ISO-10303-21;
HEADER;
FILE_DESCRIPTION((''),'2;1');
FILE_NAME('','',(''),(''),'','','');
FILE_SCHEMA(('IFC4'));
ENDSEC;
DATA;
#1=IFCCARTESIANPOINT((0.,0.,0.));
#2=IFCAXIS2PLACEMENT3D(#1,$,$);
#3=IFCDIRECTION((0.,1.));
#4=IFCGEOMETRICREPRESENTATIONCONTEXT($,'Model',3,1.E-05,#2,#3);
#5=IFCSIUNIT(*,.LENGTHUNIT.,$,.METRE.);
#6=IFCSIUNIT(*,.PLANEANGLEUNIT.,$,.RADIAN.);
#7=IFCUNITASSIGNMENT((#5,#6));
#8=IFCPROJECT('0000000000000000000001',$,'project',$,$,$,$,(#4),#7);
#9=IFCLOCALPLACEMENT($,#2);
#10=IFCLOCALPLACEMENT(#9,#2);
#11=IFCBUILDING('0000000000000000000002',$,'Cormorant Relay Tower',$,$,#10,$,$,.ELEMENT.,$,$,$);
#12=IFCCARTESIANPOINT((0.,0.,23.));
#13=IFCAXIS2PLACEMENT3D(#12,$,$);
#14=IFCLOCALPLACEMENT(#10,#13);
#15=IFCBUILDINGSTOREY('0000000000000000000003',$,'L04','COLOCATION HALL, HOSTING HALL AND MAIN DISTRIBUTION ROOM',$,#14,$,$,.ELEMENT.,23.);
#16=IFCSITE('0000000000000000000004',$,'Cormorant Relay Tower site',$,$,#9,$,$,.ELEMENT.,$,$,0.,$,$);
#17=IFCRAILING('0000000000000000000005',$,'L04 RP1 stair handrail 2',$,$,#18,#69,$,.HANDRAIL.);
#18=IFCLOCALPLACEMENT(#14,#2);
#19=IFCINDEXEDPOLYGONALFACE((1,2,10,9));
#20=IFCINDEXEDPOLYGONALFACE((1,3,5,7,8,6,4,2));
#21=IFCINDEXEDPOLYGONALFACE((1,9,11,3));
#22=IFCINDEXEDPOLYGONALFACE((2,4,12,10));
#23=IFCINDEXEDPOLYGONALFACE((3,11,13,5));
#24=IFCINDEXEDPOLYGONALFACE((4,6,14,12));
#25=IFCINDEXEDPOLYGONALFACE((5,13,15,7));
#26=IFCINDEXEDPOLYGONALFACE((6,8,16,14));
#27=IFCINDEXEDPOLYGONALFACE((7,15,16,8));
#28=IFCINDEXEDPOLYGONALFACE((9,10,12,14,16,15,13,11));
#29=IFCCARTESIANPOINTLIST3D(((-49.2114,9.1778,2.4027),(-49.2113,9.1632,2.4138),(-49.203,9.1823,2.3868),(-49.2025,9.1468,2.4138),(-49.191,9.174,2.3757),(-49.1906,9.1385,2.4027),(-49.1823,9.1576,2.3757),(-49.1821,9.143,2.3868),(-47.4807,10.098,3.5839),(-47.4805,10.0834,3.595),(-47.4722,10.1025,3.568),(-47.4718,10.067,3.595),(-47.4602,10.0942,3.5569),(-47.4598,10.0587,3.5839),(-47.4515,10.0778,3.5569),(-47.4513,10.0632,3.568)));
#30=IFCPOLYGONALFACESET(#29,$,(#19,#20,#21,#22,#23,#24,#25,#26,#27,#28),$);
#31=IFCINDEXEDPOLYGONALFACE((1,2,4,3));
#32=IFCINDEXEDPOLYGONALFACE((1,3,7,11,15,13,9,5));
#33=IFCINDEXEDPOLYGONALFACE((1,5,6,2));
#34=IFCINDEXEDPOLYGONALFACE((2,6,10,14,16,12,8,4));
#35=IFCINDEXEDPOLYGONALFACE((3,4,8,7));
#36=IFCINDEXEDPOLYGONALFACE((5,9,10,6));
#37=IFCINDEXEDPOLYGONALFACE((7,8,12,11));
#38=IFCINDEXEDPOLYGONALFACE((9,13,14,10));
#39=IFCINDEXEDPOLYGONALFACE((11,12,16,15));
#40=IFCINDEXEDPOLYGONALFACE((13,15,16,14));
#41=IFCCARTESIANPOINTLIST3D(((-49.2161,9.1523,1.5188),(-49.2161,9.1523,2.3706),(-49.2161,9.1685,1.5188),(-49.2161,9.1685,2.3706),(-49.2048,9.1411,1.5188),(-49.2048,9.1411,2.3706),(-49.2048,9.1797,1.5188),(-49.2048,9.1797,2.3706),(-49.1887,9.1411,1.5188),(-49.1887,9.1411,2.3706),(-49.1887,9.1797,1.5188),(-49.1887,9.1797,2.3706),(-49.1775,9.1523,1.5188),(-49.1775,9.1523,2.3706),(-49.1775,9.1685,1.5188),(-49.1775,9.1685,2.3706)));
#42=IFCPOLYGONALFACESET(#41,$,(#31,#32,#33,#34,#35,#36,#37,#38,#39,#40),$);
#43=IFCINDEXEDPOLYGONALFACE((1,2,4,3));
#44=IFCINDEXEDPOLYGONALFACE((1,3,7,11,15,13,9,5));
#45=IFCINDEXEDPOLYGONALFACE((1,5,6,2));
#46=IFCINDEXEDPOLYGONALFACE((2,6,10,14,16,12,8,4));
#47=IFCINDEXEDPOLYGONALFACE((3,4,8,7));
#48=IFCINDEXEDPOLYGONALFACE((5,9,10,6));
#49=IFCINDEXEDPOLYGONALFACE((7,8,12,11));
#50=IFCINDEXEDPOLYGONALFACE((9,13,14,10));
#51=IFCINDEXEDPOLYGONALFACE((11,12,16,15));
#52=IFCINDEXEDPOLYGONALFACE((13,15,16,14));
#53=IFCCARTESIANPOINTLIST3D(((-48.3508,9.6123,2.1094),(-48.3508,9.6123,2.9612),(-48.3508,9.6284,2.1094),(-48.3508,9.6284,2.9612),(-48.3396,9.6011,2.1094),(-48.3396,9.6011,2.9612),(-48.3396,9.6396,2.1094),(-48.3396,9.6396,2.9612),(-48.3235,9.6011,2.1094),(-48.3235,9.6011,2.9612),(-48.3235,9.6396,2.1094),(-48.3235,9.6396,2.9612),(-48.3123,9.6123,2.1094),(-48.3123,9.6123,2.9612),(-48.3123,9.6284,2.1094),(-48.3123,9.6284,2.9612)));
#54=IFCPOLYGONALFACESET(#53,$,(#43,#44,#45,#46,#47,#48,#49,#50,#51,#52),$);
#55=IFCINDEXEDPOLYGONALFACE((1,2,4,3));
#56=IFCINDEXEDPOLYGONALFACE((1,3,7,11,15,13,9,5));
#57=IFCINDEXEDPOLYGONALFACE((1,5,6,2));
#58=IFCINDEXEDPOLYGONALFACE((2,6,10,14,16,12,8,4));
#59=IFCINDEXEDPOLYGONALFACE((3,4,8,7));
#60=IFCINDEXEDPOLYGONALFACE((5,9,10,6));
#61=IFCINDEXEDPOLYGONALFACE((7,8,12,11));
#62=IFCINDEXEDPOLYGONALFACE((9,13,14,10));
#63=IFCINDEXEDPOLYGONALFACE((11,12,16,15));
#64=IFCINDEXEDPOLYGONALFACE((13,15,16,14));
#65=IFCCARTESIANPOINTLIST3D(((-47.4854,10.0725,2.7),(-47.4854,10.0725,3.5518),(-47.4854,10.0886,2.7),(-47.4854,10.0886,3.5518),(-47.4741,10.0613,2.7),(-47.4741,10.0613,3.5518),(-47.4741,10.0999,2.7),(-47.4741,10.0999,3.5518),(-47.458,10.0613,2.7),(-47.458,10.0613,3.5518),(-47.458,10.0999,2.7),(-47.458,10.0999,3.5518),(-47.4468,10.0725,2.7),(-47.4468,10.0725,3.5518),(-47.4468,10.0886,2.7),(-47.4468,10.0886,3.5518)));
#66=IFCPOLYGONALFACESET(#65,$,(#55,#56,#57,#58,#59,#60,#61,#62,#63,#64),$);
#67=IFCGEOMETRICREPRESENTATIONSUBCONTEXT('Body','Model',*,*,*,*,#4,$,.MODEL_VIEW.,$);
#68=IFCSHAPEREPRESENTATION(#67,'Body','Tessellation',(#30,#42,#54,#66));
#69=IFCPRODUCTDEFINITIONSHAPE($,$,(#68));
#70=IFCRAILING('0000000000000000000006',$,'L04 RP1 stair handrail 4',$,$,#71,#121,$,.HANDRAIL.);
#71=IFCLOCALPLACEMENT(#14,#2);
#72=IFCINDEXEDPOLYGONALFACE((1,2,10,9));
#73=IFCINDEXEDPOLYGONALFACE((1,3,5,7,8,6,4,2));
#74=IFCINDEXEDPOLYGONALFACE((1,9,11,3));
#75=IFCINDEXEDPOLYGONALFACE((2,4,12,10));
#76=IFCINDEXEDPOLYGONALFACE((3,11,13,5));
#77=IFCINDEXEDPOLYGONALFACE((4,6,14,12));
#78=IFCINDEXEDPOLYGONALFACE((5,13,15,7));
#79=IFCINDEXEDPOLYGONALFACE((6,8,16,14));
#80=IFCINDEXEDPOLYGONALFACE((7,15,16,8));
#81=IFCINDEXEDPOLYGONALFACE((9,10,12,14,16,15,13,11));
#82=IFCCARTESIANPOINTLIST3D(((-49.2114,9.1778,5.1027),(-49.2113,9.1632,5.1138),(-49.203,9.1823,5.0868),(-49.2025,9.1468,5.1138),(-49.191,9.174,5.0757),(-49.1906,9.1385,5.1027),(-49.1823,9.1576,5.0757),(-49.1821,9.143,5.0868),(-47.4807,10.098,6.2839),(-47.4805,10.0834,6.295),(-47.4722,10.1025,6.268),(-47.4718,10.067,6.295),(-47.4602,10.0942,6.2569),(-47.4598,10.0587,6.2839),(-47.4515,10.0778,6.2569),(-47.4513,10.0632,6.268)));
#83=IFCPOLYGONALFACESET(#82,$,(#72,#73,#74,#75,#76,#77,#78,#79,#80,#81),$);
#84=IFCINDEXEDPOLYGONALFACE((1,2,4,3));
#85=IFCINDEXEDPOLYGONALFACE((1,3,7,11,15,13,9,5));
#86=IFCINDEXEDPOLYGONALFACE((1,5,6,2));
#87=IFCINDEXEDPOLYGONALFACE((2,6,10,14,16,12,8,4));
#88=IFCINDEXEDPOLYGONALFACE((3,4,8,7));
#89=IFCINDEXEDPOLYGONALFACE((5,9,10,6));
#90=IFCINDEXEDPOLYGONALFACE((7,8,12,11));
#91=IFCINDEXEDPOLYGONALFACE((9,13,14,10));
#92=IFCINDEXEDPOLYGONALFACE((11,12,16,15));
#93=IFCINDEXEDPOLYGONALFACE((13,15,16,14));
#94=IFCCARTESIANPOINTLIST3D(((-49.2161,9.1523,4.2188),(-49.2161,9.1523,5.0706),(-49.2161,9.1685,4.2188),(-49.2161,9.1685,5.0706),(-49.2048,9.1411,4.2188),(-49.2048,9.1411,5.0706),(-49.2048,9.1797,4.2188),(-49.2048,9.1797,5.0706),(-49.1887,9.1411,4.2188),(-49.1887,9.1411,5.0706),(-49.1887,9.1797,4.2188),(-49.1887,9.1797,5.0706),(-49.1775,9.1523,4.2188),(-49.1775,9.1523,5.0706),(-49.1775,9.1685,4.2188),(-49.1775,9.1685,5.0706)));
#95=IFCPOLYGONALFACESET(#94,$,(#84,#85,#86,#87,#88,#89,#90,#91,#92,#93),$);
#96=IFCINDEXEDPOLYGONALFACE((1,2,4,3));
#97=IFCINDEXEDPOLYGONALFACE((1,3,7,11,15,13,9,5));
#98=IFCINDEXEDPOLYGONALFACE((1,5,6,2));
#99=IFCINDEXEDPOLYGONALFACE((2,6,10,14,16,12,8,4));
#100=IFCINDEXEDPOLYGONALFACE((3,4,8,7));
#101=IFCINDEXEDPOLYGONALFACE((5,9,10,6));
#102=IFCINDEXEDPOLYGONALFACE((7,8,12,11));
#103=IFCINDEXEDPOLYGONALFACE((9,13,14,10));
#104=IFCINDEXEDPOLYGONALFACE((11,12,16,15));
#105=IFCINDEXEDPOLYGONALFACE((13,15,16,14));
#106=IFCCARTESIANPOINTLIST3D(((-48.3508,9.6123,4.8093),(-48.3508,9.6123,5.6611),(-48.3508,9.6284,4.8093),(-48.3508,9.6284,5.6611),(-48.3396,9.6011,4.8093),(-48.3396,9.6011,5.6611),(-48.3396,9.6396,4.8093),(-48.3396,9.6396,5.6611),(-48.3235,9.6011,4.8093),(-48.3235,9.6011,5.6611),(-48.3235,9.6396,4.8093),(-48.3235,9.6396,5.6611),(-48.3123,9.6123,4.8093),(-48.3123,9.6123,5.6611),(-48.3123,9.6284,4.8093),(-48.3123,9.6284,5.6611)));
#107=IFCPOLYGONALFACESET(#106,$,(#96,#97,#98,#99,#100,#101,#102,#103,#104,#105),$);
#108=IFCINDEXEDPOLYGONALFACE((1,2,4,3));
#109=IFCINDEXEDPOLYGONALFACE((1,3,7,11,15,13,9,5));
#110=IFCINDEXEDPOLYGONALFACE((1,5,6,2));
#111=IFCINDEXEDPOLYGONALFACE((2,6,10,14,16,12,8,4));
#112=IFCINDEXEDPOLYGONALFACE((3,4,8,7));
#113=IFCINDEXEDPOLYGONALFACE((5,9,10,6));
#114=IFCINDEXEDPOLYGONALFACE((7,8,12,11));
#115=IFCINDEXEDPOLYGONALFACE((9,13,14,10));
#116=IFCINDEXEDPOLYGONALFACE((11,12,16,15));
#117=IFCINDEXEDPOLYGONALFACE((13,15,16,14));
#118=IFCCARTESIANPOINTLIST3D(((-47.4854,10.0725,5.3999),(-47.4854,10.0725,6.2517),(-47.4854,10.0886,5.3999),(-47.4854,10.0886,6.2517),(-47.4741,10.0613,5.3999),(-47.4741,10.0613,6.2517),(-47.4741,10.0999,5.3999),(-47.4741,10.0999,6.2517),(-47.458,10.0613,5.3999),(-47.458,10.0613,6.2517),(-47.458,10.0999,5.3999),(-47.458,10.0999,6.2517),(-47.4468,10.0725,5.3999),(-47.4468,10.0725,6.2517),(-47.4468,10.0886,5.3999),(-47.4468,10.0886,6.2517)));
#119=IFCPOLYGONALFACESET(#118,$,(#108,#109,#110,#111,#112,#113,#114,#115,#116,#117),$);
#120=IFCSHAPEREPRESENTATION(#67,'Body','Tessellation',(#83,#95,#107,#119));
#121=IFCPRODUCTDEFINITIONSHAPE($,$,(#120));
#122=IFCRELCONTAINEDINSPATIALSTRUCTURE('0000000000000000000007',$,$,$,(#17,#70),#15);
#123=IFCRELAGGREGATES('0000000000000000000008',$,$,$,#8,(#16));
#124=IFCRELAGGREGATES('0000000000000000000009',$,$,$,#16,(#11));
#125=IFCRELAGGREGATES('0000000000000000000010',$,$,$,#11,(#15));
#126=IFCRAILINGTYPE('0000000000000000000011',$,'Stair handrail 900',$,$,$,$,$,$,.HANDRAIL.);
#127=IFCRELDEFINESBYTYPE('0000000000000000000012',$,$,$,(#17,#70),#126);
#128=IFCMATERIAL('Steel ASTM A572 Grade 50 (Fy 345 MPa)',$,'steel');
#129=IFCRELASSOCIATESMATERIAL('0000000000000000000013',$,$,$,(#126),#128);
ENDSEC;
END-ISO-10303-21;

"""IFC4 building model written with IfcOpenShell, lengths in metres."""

from ifc_helpers import new_model, si_unit, direction, frame, origin, place, context, subcontext, project, spatial, polyline, outline, extrude, material, type_object, element, save


model = new_model("IFC4")

# Units and contexts
model_context = context("Model", 3, precision=1e-05, world=origin(), true_north=direction((0.0, 1.0)))
body_context = subcontext(model_context, "Body", "Model", "MODEL_VIEW")
ifc_project = project(units=[si_unit("LENGTHUNIT", "METRE"), si_unit("PLANEANGLEUNIT", "RADIAN")], contexts=[model_context])

# Site, building, storey
site_placement = place(None, origin())
site = spatial("IfcSite", under=ifc_project, at=site_placement, Name="Cormorant Relay Tower site", CompositionType="ELEMENT", RefElevation=0.0)
building_placement = place(site_placement, origin())
building = spatial("IfcBuilding", under=site, at=building_placement, Name="Cormorant Relay Tower", CompositionType="ELEMENT")
storey_placement = place(building_placement, frame((0.0, 0.0, 23.0)))
storey = spatial("IfcBuildingStorey", under=building, at=storey_placement, Name="L04", Description="COLOCATION HALL, HOSTING HALL AND MAIN DISTRIBUTION ROOM", CompositionType="ELEMENT", Elevation=23.0)

# Railings
ifc_material_1 = material(Name="Steel ASTM A572 Grade 50 (Fy 345 MPa)", Category="steel")
railing_type_1 = type_object("IfcRailingType", Name="Stair handrail 900", PredefinedType="HANDRAIL", material=ifc_material_1)
for number, where, name in (
    (1, (-49.1968, 9.1604, 1.5188), "L04 RP1 stair handrail 2"),
    (2, (-49.1968, 9.1604, 4.2188), "L04 RP1 stair handrail 4"),
):
    element("IfcRailing", number, at=place(storey_placement, frame(where)), inside=storey, type_object=railing_type_1, Name=name, PredefinedType="HANDRAIL", context=body_context, shape_type="SweptSolid", body=[
        extrude(outline(polyline([(0.0222, 0.0093), (0.0093, 0.0222), (-0.0093, 0.0222), (-0.0222, 0.0093), (-0.0222, -0.0093), (-0.0093, -0.0222), (0.0093, -0.0222), (0.0222, -0.0093), (0.0222, 0.0093)])), frame((0.0, 0.0, 0.876), z_axis=(0.756268, 0.402084, 0.516127), x_axis=(-0.469444, 0.882962, 0.0)), (0.0, 0.0, 1.0), 2.2886),
        extrude(outline(polyline([(0.0193, 0.0081), (0.0081, 0.0193), (-0.0081, 0.0193), (-0.0193, 0.0081), (-0.0193, -0.0081), (-0.0081, -0.0193), (0.0081, -0.0193), (0.0193, -0.0081), (0.0193, 0.0081)])), origin(), (0.0, 0.0, 1.0), 0.8518),
        extrude(outline(polyline([(0.0193, 0.0081), (0.0081, 0.0193), (-0.0081, 0.0193), (-0.0193, 0.0081), (-0.0193, -0.0081), (-0.0081, -0.0193), (0.0081, -0.0193), (0.0193, -0.0081), (0.0193, 0.0081)])), frame((0.8652, 0.46, 0.5906)), (0.0, 0.0, 1.0), 0.8518),
        extrude(outline(polyline([(0.0193, 0.0081), (0.0081, 0.0193), (-0.0081, 0.0193), (-0.0193, 0.0081), (-0.0193, -0.0081), (-0.0081, -0.0193), (0.0081, -0.0193), (0.0193, -0.0081), (0.0193, 0.0081)])), frame((1.7307, 0.9202, 1.1812)), (0.0, 0.0, 1.0), 0.8518),
    ])

save(model, "model.ifc")
